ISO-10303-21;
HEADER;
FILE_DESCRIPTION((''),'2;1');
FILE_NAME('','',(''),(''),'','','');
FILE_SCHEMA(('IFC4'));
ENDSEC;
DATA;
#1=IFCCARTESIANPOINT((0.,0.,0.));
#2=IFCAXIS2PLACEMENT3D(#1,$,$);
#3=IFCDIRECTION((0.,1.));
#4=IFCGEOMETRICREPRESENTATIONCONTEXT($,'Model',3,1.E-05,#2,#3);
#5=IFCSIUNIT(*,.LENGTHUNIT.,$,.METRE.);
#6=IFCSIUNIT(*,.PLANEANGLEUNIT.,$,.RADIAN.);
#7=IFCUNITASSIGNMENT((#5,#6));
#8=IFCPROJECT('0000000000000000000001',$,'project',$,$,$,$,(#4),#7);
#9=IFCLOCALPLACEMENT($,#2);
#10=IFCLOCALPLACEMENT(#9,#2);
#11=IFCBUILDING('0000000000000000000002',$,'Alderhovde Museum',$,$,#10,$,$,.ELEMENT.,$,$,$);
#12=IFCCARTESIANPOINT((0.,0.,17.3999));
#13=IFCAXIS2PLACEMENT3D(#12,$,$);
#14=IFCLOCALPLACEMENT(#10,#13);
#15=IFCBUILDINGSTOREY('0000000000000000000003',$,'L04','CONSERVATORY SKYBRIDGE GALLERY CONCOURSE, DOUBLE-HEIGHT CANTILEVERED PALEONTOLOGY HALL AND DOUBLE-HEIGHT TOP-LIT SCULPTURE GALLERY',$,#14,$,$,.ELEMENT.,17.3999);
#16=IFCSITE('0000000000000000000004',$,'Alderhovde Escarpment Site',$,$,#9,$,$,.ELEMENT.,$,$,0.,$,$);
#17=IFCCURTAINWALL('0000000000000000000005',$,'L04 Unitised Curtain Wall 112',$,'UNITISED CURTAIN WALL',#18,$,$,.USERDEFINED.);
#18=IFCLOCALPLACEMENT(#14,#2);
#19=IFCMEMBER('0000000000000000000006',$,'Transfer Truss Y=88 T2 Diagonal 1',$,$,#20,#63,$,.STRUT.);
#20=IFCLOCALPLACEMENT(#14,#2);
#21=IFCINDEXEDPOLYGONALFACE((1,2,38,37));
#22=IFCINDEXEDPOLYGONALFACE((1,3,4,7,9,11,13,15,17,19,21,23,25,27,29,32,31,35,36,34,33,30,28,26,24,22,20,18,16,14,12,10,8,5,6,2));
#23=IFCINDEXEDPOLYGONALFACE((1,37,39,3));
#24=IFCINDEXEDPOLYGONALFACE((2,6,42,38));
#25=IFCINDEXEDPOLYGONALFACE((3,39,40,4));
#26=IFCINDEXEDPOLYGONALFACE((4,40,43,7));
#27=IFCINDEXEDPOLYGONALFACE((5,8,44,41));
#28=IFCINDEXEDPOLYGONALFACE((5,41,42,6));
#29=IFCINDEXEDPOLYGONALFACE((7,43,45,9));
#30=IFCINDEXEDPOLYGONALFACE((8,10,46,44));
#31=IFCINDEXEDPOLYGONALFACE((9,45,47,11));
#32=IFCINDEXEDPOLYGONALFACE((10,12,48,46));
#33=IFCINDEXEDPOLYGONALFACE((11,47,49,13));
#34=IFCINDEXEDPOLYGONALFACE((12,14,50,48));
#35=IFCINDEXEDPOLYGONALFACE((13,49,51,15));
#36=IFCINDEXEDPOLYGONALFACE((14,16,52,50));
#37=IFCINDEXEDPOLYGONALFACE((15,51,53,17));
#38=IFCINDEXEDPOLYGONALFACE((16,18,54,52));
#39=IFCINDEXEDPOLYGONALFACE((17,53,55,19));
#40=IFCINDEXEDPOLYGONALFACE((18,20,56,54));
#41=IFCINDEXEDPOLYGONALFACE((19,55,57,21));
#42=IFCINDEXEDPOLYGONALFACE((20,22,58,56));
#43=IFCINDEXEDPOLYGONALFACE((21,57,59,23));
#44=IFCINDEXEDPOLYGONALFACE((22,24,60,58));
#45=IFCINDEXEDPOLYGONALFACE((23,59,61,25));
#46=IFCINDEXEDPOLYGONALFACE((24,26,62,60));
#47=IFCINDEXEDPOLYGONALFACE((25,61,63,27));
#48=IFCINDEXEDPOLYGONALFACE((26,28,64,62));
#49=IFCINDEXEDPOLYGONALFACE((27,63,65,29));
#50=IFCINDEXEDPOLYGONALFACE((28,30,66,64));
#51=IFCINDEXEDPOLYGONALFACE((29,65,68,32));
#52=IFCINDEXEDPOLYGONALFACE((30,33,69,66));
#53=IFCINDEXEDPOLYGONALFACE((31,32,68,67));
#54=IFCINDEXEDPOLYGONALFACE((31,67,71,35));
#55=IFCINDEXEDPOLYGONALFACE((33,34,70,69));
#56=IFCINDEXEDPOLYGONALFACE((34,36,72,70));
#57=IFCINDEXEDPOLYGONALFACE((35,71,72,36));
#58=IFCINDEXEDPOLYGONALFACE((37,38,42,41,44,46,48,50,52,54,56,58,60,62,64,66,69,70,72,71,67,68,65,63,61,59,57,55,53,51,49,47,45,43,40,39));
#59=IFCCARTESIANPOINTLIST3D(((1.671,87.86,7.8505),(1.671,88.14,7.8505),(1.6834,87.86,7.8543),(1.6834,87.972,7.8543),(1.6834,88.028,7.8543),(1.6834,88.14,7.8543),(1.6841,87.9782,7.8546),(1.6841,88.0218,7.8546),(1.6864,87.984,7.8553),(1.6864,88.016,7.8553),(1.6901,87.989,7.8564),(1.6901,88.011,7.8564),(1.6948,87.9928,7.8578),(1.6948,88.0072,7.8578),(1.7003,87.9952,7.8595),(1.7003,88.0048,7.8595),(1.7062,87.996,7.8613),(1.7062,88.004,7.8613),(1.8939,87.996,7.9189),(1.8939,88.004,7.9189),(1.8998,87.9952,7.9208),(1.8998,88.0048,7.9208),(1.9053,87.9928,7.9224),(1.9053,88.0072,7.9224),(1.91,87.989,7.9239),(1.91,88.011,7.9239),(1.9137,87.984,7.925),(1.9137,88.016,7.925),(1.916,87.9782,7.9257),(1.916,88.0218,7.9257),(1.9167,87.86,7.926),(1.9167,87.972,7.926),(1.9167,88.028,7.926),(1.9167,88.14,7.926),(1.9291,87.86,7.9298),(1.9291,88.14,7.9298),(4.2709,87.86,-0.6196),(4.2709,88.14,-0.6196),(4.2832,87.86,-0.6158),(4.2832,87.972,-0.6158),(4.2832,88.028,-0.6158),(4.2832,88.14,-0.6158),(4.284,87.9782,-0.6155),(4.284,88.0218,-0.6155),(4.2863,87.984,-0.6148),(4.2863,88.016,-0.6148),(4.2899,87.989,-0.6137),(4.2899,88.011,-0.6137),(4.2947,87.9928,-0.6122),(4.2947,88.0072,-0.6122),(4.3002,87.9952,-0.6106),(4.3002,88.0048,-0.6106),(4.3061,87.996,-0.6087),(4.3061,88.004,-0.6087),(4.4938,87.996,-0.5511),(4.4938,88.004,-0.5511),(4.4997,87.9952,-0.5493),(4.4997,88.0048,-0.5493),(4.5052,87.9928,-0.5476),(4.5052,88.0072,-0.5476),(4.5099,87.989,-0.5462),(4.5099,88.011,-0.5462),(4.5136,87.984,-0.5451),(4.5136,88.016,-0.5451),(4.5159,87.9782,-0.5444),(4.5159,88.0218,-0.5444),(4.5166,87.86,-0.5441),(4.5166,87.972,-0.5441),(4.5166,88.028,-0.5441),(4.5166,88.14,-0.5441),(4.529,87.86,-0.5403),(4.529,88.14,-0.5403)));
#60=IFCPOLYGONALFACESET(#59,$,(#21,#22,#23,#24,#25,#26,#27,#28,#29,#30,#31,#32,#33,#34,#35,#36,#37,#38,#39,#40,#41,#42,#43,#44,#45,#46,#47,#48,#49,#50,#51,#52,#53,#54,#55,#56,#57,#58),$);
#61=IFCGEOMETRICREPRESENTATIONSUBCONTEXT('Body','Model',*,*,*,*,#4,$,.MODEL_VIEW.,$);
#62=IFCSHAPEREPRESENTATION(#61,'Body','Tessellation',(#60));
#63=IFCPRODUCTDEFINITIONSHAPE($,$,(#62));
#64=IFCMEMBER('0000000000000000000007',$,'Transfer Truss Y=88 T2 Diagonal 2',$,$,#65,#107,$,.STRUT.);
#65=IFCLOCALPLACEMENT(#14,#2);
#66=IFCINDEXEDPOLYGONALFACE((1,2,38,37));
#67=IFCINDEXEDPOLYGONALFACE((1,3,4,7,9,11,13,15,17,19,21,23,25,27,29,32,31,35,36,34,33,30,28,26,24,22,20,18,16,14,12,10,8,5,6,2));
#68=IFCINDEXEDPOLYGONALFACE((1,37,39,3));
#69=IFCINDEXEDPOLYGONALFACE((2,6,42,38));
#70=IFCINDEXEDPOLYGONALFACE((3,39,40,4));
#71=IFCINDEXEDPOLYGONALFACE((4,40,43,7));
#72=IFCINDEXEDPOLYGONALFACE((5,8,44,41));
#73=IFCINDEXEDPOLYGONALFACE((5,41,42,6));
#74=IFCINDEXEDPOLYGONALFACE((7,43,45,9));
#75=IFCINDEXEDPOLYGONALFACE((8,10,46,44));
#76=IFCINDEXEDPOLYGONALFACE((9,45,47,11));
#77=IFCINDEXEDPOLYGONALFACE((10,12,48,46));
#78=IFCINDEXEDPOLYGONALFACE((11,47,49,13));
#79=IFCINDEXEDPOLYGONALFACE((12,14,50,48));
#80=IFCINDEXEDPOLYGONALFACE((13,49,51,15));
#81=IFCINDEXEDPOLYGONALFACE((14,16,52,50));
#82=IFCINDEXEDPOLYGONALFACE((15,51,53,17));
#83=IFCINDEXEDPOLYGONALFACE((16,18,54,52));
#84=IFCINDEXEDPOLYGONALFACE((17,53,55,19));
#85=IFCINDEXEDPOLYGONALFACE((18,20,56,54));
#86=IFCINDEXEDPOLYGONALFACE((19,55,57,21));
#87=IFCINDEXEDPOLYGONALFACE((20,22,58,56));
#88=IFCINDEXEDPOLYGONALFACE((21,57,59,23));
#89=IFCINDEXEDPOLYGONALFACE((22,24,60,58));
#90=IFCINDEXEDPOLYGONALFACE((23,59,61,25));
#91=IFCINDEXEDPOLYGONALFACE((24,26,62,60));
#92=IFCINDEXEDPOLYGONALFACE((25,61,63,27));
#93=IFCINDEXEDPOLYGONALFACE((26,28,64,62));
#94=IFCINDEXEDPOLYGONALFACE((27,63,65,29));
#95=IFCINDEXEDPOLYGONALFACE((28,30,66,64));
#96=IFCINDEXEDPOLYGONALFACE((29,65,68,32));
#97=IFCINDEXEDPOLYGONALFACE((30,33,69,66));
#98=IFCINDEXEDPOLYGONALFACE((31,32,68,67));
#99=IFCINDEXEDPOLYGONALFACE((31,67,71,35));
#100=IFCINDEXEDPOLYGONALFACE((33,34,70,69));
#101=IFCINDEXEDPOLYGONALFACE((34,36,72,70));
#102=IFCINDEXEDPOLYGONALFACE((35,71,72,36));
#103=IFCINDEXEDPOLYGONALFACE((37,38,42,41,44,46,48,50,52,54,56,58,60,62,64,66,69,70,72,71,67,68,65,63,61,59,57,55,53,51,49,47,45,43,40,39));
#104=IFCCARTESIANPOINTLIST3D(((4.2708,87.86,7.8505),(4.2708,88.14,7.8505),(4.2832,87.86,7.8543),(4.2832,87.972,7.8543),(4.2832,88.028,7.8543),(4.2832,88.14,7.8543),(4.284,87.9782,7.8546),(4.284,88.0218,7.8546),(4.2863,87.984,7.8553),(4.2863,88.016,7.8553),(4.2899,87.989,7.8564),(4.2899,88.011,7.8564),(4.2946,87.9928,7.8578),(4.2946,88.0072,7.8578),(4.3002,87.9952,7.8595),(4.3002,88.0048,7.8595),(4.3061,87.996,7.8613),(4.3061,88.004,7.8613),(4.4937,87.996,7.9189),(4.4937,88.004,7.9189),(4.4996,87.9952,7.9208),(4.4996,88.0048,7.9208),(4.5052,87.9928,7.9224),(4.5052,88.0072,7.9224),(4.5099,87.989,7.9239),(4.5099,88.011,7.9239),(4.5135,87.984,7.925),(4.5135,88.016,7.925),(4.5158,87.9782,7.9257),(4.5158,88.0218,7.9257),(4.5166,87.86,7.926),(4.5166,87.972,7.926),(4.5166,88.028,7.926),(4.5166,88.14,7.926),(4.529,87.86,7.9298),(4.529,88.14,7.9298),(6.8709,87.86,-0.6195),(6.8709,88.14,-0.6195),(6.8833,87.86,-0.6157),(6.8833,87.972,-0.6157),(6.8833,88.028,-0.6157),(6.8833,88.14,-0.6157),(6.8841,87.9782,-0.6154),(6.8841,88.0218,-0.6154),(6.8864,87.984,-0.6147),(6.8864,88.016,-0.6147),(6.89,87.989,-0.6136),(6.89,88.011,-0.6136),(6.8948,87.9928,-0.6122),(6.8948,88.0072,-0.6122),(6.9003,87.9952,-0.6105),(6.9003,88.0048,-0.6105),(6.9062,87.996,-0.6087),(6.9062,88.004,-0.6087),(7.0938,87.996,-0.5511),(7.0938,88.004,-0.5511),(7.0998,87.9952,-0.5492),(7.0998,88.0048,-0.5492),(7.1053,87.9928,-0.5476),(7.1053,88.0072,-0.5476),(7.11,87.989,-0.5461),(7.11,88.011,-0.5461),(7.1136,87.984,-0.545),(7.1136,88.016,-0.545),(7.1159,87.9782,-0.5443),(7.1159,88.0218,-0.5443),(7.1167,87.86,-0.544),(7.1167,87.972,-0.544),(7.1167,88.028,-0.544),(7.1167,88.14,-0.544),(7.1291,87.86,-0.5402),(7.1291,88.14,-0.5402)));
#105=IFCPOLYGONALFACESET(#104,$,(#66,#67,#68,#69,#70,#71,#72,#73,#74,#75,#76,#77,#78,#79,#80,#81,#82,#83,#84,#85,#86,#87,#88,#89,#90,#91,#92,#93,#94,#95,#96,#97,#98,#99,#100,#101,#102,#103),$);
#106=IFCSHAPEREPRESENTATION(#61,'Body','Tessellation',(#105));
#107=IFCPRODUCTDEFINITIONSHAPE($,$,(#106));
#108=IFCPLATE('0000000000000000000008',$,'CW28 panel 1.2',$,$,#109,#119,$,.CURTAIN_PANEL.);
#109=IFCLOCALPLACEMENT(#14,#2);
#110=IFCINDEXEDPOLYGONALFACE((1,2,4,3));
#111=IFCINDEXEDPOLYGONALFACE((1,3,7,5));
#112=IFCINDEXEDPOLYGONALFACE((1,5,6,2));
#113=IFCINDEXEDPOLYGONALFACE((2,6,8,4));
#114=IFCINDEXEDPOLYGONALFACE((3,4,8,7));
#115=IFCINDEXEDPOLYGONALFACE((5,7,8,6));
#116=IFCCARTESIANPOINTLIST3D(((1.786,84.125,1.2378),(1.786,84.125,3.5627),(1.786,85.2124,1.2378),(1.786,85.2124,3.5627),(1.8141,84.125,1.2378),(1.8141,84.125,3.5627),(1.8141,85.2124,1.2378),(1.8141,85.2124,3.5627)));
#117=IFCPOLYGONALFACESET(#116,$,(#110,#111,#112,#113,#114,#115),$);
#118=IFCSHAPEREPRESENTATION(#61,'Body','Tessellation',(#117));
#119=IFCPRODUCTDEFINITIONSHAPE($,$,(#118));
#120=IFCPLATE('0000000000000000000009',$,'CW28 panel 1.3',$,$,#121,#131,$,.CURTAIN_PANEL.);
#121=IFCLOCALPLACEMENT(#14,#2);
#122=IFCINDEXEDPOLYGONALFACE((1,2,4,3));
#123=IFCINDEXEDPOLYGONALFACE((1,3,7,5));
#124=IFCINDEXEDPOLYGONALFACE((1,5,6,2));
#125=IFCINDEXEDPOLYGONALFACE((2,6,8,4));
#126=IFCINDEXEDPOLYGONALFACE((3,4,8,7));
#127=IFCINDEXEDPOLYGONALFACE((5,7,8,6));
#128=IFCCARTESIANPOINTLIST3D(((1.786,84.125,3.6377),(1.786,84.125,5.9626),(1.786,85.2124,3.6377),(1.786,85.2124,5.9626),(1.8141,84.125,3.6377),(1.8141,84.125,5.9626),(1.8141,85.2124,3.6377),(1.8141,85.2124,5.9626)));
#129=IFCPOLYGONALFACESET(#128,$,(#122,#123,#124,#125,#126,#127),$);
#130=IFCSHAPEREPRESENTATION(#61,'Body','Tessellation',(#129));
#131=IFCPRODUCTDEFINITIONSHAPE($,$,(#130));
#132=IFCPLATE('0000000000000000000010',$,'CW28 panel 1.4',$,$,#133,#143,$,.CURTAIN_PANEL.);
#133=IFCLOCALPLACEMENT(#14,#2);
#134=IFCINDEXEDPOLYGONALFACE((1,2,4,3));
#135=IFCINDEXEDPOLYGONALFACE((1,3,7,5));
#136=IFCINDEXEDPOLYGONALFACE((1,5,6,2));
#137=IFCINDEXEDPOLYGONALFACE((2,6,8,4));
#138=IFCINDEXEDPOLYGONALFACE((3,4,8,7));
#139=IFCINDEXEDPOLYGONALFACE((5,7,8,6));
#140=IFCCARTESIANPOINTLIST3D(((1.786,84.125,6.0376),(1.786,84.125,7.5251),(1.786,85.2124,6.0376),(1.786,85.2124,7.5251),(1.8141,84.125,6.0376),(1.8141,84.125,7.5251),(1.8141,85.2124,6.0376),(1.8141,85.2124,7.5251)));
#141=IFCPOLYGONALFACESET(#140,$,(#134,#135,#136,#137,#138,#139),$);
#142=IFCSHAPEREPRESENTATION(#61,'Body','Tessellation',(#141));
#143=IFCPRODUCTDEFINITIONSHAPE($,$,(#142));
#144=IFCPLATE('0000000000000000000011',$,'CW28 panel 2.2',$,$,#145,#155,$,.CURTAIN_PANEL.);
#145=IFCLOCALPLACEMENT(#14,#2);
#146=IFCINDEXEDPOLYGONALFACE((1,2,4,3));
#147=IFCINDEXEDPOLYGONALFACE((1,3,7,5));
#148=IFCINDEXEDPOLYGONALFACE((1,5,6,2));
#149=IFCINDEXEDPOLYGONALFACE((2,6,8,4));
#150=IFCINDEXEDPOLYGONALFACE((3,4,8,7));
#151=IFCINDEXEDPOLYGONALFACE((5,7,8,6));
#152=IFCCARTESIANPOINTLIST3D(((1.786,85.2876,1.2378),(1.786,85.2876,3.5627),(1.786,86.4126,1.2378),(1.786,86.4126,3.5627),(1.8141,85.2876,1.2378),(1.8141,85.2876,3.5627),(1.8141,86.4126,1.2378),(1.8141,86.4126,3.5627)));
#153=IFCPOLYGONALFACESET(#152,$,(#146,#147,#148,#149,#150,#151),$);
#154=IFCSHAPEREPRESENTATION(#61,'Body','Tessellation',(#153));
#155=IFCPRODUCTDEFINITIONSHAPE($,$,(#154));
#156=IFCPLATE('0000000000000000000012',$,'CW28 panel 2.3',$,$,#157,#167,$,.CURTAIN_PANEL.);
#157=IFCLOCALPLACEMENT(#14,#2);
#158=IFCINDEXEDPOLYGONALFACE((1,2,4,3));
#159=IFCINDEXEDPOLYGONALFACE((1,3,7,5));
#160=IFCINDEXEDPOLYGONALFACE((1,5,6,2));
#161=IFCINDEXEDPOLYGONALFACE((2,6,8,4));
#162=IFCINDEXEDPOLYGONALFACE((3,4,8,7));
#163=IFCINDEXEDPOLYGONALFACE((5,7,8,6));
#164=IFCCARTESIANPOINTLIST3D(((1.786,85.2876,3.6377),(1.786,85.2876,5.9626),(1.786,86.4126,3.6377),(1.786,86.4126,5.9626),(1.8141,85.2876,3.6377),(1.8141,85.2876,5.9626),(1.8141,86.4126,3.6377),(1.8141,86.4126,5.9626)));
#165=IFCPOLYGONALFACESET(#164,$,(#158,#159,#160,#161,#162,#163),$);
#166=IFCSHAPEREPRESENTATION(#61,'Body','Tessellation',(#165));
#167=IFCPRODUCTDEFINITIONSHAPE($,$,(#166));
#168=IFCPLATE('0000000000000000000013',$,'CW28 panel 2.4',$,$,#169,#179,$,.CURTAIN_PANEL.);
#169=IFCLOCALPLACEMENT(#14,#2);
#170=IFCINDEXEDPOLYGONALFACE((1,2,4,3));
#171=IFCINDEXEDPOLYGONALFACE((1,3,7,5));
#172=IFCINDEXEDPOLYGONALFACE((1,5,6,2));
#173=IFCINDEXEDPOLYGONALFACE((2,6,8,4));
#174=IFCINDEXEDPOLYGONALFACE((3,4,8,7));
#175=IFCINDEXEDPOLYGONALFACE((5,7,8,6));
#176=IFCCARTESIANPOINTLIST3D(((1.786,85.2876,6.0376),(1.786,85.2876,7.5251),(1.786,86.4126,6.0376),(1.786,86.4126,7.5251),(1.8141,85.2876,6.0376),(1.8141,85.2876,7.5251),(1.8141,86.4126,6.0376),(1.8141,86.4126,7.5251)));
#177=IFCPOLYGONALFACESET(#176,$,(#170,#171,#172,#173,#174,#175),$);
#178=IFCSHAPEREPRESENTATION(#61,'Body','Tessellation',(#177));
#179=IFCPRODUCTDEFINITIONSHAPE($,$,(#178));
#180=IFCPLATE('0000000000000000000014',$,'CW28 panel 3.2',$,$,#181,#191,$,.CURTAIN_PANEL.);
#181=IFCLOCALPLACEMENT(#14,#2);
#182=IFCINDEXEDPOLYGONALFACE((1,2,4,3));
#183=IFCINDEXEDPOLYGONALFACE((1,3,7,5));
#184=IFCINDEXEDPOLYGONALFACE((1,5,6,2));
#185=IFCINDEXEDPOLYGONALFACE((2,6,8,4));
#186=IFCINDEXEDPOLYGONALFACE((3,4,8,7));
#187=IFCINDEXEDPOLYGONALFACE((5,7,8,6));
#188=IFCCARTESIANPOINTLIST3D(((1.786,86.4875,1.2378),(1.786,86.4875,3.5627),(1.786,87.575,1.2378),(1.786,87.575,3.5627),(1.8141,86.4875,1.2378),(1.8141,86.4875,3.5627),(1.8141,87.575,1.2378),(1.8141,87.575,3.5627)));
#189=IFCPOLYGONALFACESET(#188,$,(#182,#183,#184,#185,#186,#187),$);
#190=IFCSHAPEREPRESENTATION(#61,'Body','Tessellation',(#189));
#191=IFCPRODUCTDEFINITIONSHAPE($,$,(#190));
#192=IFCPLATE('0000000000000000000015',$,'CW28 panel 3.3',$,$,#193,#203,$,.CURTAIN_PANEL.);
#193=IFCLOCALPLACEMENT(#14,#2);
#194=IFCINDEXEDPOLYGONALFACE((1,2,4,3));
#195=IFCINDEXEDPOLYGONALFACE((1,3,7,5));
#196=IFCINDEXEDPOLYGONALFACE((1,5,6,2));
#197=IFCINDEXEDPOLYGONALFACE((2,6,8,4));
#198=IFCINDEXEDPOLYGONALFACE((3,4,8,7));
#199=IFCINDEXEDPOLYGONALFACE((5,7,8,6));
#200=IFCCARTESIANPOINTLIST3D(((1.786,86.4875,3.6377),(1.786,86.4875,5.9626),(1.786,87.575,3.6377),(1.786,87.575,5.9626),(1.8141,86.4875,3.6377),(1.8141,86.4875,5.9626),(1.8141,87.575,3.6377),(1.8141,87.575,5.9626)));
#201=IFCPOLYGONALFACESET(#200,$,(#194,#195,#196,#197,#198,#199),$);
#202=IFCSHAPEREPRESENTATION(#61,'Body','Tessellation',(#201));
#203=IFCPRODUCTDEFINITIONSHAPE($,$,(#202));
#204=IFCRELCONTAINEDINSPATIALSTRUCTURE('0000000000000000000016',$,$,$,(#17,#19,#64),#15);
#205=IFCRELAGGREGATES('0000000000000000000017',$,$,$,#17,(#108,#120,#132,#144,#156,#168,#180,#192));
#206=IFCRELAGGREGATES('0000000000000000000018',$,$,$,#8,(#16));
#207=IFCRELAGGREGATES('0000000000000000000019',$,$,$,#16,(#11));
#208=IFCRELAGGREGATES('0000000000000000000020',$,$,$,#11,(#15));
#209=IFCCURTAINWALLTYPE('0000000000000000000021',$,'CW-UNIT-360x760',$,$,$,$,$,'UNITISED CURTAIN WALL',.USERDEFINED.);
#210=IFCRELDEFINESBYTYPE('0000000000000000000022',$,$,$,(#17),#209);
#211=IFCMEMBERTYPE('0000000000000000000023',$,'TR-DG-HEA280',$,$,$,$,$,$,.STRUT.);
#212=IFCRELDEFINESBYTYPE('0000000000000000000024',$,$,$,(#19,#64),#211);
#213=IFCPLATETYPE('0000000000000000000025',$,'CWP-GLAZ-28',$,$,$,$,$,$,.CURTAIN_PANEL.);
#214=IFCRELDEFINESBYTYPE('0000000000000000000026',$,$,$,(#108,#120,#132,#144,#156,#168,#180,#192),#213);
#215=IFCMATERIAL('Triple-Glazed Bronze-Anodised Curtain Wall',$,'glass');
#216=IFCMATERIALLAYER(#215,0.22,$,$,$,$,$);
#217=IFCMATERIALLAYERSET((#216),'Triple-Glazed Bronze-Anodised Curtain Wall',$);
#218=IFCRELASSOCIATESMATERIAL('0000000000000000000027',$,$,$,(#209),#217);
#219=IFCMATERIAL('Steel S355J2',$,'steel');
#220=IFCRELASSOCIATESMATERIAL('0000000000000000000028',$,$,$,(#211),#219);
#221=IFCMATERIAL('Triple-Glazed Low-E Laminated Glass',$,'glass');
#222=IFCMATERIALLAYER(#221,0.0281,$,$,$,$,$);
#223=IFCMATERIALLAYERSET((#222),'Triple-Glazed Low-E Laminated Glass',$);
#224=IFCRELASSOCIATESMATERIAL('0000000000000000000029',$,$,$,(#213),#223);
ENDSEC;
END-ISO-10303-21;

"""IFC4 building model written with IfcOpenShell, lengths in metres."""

from ifc_helpers import new_model, si_unit, direction, frame, origin, origin_2d, place, context, subcontext, project, spatial, rectangle, i_section, extrude, material, layer, layer_set, material_profile, profile_set, type_object, element, aggregate, save


model = new_model("IFC4")

# Units and contexts
model_context = context("Model", 3, precision=1e-05, world=origin(), true_north=direction((0.0, 1.0)))
body_context = subcontext(model_context, "Body", "Model", "MODEL_VIEW")
ifc_project = project(units=[si_unit("LENGTHUNIT", "METRE"), si_unit("PLANEANGLEUNIT", "RADIAN")], contexts=[model_context])

# Site, building, storey
site_placement = place(None, origin())
site = spatial("IfcSite", under=ifc_project, at=site_placement, Name="Alderhovde Escarpment Site", CompositionType="ELEMENT", RefElevation=0.0)
building_placement = place(site_placement, origin())
building = spatial("IfcBuilding", under=site, at=building_placement, Name="Alderhovde Museum", CompositionType="ELEMENT")
storey_placement = place(building_placement, frame((0.0, 0.0, 17.3999)))
storey = spatial("IfcBuildingStorey", under=building, at=storey_placement, Name="L04", Description="CONSERVATORY SKYBRIDGE GALLERY CONCOURSE, DOUBLE-HEIGHT CANTILEVERED PALEONTOLOGY HALL AND DOUBLE-HEIGHT TOP-LIT SCULPTURE GALLERY", CompositionType="ELEMENT", Elevation=17.3999)

# Curtain wall
ifc_material_1 = material(Name="Triple-Glazed Bronze-Anodised Curtain Wall", Category="glass")
ifc_layer_1 = layer(ifc_material_1, 0.22)
ifc_layer_set_1 = layer_set([ifc_layer_1], Name="Triple-Glazed Bronze-Anodised Curtain Wall")
curtain_wall_type_1 = type_object("IfcCurtainWallType", Name="CW-UNIT-360x760", ElementType="UNITISED CURTAIN WALL", PredefinedType="USERDEFINED", material=ifc_layer_set_1)
curtain_wall_1_placement = place(storey_placement, origin())
curtain_wall_1 = element("IfcCurtainWall", 1, at=curtain_wall_1_placement, inside=storey, type_object=curtain_wall_type_1, Name="L04 Unitised Curtain Wall 112", ObjectType="UNITISED CURTAIN WALL", PredefinedType="USERDEFINED")

# Members
ifc_material_2 = material(Name="Steel S355J2", Category="steel")
ifc_material_profile_1 = material_profile(ifc_material_2, i_section(OverallWidth=0.28, OverallDepth=0.27, WebThickness=0.0081, FlangeThickness=0.0129, FilletRadius=0.0239, at=origin_2d()), Name="HEA 280")
ifc_profile_set_1 = profile_set([ifc_material_profile_1], Name="Steel S355J2")
member_type_1 = type_object("IfcMemberType", Name="TR-DG-HEA280", PredefinedType="STRUT", material=ifc_profile_set_1)
for number, where, z_axis, x_axis, name in (
    (2, (1.8, 88.0, 7.8901), (0.293437, 0.0, -0.955978), (0.0, 1.0, 0.0), "Transfer Truss Y=88 T2 Diagonal 1"),
    (3, (4.3999, 88.0, 7.8901), (0.293462, 0.0, -0.955971), (0.0, 1.0, 0.0), "Transfer Truss Y=88 T2 Diagonal 2"),
):
    element("IfcMember", number, at=place(storey_placement, frame(where, z_axis=z_axis, x_axis=x_axis)), inside=storey, type_object=member_type_1, Name=name, PredefinedType="STRUT", context=body_context, shape_type="SweptSolid", body=[
        extrude(i_section(OverallWidth=0.28, OverallDepth=0.27, WebThickness=0.0081, FlangeThickness=0.0129, FilletRadius=0.0239, at=origin_2d()), origin(), (0.0, 0.0, 1.0), 8.8601),
    ])

# Plates
ifc_material_3 = material(Name="Triple-Glazed Low-E Laminated Glass", Category="glass")
ifc_layer_2 = layer(ifc_material_3, 0.0281)
ifc_layer_set_2 = layer_set([ifc_layer_2], Name="Triple-Glazed Low-E Laminated Glass")
plate_type_1 = type_object("IfcPlateType", Name="CWP-GLAZ-28", PredefinedType="CURTAIN_PANEL", material=ifc_layer_set_2)
plate_1_placement = place(storey_placement, frame((1.8, 84.6687, 1.2378), z_axis=(0.0, 0.0, 1.0), x_axis=(0.0, 1.0, 0.0)))
plate_1 = element("IfcPlate", 4, at=plate_1_placement, type_object=plate_type_1, Name="CW28 panel 1.2", PredefinedType="CURTAIN_PANEL", context=body_context, shape_type="SweptSolid", body=[
    extrude(rectangle(XDim=1.0874, YDim=0.0281, at=origin_2d()), origin(), (0.0, 0.0, 1.0), 2.325),
])
plate_2_placement = place(storey_placement, frame((1.8, 84.6687, 3.6377), z_axis=(0.0, 0.0, 1.0), x_axis=(0.0, 1.0, 0.0)))
plate_2 = element("IfcPlate", 5, at=plate_2_placement, type_object=plate_type_1, Name="CW28 panel 1.3", PredefinedType="CURTAIN_PANEL", context=body_context, shape_type="SweptSolid", body=[
    extrude(rectangle(XDim=1.0874, YDim=0.0281, at=origin_2d()), origin(), (0.0, 0.0, 1.0), 2.325),
])
plate_3_placement = place(storey_placement, frame((1.8, 84.6687, 6.0376), z_axis=(0.0, 0.0, 1.0), x_axis=(0.0, 1.0, 0.0)))
plate_3 = element("IfcPlate", 6, at=plate_3_placement, type_object=plate_type_1, Name="CW28 panel 1.4", PredefinedType="CURTAIN_PANEL", context=body_context, shape_type="SweptSolid", body=[
    extrude(rectangle(XDim=1.0874, YDim=0.0281, at=origin_2d()), origin(), (0.0, 0.0, 1.0), 1.4875),
])
plate_4_placement = place(storey_placement, frame((1.8, 85.8501, 1.2378), z_axis=(0.0, 0.0, 1.0), x_axis=(0.0, 1.0, 0.0)))
plate_4 = element("IfcPlate", 7, at=plate_4_placement, type_object=plate_type_1, Name="CW28 panel 2.2", PredefinedType="CURTAIN_PANEL", context=body_context, shape_type="SweptSolid", body=[
    extrude(rectangle(XDim=1.125, YDim=0.0281, at=origin_2d()), origin(), (0.0, 0.0, 1.0), 2.325),
])
plate_5_placement = place(storey_placement, frame((1.8, 85.8501, 3.6377), z_axis=(0.0, 0.0, 1.0), x_axis=(0.0, 1.0, 0.0)))
plate_5 = element("IfcPlate", 8, at=plate_5_placement, type_object=plate_type_1, Name="CW28 panel 2.3", PredefinedType="CURTAIN_PANEL", context=body_context, shape_type="SweptSolid", body=[
    extrude(rectangle(XDim=1.125, YDim=0.0281, at=origin_2d()), origin(), (0.0, 0.0, 1.0), 2.325),
])
plate_6_placement = place(storey_placement, frame((1.8, 85.8501, 6.0376), z_axis=(0.0, 0.0, 1.0), x_axis=(0.0, 1.0, 0.0)))
plate_6 = element("IfcPlate", 9, at=plate_6_placement, type_object=plate_type_1, Name="CW28 panel 2.4", PredefinedType="CURTAIN_PANEL", context=body_context, shape_type="SweptSolid", body=[
    extrude(rectangle(XDim=1.125, YDim=0.0281, at=origin_2d()), origin(), (0.0, 0.0, 1.0), 1.4875),
])
plate_7_placement = place(storey_placement, frame((1.8, 87.0312, 1.2378), z_axis=(0.0, 0.0, 1.0), x_axis=(0.0, 1.0, 0.0)))
plate_7 = element("IfcPlate", 10, at=plate_7_placement, type_object=plate_type_1, Name="CW28 panel 3.2", PredefinedType="CURTAIN_PANEL", context=body_context, shape_type="SweptSolid", body=[
    extrude(rectangle(XDim=1.0874, YDim=0.0281, at=origin_2d()), origin(), (0.0, 0.0, 1.0), 2.325),
])
plate_8_placement = place(storey_placement, frame((1.8, 87.0312, 3.6377), z_axis=(0.0, 0.0, 1.0), x_axis=(0.0, 1.0, 0.0)))
plate_8 = element("IfcPlate", 11, at=plate_8_placement, type_object=plate_type_1, Name="CW28 panel 3.3", PredefinedType="CURTAIN_PANEL", context=body_context, shape_type="SweptSolid", body=[
    extrude(rectangle(XDim=1.0874, YDim=0.0281, at=origin_2d()), origin(), (0.0, 0.0, 1.0), 2.325),
])
aggregate(curtain_wall_1, [plate_1, plate_2, plate_3, plate_4, plate_5, plate_6, plate_7, plate_8])

save(model, "model.ifc")
